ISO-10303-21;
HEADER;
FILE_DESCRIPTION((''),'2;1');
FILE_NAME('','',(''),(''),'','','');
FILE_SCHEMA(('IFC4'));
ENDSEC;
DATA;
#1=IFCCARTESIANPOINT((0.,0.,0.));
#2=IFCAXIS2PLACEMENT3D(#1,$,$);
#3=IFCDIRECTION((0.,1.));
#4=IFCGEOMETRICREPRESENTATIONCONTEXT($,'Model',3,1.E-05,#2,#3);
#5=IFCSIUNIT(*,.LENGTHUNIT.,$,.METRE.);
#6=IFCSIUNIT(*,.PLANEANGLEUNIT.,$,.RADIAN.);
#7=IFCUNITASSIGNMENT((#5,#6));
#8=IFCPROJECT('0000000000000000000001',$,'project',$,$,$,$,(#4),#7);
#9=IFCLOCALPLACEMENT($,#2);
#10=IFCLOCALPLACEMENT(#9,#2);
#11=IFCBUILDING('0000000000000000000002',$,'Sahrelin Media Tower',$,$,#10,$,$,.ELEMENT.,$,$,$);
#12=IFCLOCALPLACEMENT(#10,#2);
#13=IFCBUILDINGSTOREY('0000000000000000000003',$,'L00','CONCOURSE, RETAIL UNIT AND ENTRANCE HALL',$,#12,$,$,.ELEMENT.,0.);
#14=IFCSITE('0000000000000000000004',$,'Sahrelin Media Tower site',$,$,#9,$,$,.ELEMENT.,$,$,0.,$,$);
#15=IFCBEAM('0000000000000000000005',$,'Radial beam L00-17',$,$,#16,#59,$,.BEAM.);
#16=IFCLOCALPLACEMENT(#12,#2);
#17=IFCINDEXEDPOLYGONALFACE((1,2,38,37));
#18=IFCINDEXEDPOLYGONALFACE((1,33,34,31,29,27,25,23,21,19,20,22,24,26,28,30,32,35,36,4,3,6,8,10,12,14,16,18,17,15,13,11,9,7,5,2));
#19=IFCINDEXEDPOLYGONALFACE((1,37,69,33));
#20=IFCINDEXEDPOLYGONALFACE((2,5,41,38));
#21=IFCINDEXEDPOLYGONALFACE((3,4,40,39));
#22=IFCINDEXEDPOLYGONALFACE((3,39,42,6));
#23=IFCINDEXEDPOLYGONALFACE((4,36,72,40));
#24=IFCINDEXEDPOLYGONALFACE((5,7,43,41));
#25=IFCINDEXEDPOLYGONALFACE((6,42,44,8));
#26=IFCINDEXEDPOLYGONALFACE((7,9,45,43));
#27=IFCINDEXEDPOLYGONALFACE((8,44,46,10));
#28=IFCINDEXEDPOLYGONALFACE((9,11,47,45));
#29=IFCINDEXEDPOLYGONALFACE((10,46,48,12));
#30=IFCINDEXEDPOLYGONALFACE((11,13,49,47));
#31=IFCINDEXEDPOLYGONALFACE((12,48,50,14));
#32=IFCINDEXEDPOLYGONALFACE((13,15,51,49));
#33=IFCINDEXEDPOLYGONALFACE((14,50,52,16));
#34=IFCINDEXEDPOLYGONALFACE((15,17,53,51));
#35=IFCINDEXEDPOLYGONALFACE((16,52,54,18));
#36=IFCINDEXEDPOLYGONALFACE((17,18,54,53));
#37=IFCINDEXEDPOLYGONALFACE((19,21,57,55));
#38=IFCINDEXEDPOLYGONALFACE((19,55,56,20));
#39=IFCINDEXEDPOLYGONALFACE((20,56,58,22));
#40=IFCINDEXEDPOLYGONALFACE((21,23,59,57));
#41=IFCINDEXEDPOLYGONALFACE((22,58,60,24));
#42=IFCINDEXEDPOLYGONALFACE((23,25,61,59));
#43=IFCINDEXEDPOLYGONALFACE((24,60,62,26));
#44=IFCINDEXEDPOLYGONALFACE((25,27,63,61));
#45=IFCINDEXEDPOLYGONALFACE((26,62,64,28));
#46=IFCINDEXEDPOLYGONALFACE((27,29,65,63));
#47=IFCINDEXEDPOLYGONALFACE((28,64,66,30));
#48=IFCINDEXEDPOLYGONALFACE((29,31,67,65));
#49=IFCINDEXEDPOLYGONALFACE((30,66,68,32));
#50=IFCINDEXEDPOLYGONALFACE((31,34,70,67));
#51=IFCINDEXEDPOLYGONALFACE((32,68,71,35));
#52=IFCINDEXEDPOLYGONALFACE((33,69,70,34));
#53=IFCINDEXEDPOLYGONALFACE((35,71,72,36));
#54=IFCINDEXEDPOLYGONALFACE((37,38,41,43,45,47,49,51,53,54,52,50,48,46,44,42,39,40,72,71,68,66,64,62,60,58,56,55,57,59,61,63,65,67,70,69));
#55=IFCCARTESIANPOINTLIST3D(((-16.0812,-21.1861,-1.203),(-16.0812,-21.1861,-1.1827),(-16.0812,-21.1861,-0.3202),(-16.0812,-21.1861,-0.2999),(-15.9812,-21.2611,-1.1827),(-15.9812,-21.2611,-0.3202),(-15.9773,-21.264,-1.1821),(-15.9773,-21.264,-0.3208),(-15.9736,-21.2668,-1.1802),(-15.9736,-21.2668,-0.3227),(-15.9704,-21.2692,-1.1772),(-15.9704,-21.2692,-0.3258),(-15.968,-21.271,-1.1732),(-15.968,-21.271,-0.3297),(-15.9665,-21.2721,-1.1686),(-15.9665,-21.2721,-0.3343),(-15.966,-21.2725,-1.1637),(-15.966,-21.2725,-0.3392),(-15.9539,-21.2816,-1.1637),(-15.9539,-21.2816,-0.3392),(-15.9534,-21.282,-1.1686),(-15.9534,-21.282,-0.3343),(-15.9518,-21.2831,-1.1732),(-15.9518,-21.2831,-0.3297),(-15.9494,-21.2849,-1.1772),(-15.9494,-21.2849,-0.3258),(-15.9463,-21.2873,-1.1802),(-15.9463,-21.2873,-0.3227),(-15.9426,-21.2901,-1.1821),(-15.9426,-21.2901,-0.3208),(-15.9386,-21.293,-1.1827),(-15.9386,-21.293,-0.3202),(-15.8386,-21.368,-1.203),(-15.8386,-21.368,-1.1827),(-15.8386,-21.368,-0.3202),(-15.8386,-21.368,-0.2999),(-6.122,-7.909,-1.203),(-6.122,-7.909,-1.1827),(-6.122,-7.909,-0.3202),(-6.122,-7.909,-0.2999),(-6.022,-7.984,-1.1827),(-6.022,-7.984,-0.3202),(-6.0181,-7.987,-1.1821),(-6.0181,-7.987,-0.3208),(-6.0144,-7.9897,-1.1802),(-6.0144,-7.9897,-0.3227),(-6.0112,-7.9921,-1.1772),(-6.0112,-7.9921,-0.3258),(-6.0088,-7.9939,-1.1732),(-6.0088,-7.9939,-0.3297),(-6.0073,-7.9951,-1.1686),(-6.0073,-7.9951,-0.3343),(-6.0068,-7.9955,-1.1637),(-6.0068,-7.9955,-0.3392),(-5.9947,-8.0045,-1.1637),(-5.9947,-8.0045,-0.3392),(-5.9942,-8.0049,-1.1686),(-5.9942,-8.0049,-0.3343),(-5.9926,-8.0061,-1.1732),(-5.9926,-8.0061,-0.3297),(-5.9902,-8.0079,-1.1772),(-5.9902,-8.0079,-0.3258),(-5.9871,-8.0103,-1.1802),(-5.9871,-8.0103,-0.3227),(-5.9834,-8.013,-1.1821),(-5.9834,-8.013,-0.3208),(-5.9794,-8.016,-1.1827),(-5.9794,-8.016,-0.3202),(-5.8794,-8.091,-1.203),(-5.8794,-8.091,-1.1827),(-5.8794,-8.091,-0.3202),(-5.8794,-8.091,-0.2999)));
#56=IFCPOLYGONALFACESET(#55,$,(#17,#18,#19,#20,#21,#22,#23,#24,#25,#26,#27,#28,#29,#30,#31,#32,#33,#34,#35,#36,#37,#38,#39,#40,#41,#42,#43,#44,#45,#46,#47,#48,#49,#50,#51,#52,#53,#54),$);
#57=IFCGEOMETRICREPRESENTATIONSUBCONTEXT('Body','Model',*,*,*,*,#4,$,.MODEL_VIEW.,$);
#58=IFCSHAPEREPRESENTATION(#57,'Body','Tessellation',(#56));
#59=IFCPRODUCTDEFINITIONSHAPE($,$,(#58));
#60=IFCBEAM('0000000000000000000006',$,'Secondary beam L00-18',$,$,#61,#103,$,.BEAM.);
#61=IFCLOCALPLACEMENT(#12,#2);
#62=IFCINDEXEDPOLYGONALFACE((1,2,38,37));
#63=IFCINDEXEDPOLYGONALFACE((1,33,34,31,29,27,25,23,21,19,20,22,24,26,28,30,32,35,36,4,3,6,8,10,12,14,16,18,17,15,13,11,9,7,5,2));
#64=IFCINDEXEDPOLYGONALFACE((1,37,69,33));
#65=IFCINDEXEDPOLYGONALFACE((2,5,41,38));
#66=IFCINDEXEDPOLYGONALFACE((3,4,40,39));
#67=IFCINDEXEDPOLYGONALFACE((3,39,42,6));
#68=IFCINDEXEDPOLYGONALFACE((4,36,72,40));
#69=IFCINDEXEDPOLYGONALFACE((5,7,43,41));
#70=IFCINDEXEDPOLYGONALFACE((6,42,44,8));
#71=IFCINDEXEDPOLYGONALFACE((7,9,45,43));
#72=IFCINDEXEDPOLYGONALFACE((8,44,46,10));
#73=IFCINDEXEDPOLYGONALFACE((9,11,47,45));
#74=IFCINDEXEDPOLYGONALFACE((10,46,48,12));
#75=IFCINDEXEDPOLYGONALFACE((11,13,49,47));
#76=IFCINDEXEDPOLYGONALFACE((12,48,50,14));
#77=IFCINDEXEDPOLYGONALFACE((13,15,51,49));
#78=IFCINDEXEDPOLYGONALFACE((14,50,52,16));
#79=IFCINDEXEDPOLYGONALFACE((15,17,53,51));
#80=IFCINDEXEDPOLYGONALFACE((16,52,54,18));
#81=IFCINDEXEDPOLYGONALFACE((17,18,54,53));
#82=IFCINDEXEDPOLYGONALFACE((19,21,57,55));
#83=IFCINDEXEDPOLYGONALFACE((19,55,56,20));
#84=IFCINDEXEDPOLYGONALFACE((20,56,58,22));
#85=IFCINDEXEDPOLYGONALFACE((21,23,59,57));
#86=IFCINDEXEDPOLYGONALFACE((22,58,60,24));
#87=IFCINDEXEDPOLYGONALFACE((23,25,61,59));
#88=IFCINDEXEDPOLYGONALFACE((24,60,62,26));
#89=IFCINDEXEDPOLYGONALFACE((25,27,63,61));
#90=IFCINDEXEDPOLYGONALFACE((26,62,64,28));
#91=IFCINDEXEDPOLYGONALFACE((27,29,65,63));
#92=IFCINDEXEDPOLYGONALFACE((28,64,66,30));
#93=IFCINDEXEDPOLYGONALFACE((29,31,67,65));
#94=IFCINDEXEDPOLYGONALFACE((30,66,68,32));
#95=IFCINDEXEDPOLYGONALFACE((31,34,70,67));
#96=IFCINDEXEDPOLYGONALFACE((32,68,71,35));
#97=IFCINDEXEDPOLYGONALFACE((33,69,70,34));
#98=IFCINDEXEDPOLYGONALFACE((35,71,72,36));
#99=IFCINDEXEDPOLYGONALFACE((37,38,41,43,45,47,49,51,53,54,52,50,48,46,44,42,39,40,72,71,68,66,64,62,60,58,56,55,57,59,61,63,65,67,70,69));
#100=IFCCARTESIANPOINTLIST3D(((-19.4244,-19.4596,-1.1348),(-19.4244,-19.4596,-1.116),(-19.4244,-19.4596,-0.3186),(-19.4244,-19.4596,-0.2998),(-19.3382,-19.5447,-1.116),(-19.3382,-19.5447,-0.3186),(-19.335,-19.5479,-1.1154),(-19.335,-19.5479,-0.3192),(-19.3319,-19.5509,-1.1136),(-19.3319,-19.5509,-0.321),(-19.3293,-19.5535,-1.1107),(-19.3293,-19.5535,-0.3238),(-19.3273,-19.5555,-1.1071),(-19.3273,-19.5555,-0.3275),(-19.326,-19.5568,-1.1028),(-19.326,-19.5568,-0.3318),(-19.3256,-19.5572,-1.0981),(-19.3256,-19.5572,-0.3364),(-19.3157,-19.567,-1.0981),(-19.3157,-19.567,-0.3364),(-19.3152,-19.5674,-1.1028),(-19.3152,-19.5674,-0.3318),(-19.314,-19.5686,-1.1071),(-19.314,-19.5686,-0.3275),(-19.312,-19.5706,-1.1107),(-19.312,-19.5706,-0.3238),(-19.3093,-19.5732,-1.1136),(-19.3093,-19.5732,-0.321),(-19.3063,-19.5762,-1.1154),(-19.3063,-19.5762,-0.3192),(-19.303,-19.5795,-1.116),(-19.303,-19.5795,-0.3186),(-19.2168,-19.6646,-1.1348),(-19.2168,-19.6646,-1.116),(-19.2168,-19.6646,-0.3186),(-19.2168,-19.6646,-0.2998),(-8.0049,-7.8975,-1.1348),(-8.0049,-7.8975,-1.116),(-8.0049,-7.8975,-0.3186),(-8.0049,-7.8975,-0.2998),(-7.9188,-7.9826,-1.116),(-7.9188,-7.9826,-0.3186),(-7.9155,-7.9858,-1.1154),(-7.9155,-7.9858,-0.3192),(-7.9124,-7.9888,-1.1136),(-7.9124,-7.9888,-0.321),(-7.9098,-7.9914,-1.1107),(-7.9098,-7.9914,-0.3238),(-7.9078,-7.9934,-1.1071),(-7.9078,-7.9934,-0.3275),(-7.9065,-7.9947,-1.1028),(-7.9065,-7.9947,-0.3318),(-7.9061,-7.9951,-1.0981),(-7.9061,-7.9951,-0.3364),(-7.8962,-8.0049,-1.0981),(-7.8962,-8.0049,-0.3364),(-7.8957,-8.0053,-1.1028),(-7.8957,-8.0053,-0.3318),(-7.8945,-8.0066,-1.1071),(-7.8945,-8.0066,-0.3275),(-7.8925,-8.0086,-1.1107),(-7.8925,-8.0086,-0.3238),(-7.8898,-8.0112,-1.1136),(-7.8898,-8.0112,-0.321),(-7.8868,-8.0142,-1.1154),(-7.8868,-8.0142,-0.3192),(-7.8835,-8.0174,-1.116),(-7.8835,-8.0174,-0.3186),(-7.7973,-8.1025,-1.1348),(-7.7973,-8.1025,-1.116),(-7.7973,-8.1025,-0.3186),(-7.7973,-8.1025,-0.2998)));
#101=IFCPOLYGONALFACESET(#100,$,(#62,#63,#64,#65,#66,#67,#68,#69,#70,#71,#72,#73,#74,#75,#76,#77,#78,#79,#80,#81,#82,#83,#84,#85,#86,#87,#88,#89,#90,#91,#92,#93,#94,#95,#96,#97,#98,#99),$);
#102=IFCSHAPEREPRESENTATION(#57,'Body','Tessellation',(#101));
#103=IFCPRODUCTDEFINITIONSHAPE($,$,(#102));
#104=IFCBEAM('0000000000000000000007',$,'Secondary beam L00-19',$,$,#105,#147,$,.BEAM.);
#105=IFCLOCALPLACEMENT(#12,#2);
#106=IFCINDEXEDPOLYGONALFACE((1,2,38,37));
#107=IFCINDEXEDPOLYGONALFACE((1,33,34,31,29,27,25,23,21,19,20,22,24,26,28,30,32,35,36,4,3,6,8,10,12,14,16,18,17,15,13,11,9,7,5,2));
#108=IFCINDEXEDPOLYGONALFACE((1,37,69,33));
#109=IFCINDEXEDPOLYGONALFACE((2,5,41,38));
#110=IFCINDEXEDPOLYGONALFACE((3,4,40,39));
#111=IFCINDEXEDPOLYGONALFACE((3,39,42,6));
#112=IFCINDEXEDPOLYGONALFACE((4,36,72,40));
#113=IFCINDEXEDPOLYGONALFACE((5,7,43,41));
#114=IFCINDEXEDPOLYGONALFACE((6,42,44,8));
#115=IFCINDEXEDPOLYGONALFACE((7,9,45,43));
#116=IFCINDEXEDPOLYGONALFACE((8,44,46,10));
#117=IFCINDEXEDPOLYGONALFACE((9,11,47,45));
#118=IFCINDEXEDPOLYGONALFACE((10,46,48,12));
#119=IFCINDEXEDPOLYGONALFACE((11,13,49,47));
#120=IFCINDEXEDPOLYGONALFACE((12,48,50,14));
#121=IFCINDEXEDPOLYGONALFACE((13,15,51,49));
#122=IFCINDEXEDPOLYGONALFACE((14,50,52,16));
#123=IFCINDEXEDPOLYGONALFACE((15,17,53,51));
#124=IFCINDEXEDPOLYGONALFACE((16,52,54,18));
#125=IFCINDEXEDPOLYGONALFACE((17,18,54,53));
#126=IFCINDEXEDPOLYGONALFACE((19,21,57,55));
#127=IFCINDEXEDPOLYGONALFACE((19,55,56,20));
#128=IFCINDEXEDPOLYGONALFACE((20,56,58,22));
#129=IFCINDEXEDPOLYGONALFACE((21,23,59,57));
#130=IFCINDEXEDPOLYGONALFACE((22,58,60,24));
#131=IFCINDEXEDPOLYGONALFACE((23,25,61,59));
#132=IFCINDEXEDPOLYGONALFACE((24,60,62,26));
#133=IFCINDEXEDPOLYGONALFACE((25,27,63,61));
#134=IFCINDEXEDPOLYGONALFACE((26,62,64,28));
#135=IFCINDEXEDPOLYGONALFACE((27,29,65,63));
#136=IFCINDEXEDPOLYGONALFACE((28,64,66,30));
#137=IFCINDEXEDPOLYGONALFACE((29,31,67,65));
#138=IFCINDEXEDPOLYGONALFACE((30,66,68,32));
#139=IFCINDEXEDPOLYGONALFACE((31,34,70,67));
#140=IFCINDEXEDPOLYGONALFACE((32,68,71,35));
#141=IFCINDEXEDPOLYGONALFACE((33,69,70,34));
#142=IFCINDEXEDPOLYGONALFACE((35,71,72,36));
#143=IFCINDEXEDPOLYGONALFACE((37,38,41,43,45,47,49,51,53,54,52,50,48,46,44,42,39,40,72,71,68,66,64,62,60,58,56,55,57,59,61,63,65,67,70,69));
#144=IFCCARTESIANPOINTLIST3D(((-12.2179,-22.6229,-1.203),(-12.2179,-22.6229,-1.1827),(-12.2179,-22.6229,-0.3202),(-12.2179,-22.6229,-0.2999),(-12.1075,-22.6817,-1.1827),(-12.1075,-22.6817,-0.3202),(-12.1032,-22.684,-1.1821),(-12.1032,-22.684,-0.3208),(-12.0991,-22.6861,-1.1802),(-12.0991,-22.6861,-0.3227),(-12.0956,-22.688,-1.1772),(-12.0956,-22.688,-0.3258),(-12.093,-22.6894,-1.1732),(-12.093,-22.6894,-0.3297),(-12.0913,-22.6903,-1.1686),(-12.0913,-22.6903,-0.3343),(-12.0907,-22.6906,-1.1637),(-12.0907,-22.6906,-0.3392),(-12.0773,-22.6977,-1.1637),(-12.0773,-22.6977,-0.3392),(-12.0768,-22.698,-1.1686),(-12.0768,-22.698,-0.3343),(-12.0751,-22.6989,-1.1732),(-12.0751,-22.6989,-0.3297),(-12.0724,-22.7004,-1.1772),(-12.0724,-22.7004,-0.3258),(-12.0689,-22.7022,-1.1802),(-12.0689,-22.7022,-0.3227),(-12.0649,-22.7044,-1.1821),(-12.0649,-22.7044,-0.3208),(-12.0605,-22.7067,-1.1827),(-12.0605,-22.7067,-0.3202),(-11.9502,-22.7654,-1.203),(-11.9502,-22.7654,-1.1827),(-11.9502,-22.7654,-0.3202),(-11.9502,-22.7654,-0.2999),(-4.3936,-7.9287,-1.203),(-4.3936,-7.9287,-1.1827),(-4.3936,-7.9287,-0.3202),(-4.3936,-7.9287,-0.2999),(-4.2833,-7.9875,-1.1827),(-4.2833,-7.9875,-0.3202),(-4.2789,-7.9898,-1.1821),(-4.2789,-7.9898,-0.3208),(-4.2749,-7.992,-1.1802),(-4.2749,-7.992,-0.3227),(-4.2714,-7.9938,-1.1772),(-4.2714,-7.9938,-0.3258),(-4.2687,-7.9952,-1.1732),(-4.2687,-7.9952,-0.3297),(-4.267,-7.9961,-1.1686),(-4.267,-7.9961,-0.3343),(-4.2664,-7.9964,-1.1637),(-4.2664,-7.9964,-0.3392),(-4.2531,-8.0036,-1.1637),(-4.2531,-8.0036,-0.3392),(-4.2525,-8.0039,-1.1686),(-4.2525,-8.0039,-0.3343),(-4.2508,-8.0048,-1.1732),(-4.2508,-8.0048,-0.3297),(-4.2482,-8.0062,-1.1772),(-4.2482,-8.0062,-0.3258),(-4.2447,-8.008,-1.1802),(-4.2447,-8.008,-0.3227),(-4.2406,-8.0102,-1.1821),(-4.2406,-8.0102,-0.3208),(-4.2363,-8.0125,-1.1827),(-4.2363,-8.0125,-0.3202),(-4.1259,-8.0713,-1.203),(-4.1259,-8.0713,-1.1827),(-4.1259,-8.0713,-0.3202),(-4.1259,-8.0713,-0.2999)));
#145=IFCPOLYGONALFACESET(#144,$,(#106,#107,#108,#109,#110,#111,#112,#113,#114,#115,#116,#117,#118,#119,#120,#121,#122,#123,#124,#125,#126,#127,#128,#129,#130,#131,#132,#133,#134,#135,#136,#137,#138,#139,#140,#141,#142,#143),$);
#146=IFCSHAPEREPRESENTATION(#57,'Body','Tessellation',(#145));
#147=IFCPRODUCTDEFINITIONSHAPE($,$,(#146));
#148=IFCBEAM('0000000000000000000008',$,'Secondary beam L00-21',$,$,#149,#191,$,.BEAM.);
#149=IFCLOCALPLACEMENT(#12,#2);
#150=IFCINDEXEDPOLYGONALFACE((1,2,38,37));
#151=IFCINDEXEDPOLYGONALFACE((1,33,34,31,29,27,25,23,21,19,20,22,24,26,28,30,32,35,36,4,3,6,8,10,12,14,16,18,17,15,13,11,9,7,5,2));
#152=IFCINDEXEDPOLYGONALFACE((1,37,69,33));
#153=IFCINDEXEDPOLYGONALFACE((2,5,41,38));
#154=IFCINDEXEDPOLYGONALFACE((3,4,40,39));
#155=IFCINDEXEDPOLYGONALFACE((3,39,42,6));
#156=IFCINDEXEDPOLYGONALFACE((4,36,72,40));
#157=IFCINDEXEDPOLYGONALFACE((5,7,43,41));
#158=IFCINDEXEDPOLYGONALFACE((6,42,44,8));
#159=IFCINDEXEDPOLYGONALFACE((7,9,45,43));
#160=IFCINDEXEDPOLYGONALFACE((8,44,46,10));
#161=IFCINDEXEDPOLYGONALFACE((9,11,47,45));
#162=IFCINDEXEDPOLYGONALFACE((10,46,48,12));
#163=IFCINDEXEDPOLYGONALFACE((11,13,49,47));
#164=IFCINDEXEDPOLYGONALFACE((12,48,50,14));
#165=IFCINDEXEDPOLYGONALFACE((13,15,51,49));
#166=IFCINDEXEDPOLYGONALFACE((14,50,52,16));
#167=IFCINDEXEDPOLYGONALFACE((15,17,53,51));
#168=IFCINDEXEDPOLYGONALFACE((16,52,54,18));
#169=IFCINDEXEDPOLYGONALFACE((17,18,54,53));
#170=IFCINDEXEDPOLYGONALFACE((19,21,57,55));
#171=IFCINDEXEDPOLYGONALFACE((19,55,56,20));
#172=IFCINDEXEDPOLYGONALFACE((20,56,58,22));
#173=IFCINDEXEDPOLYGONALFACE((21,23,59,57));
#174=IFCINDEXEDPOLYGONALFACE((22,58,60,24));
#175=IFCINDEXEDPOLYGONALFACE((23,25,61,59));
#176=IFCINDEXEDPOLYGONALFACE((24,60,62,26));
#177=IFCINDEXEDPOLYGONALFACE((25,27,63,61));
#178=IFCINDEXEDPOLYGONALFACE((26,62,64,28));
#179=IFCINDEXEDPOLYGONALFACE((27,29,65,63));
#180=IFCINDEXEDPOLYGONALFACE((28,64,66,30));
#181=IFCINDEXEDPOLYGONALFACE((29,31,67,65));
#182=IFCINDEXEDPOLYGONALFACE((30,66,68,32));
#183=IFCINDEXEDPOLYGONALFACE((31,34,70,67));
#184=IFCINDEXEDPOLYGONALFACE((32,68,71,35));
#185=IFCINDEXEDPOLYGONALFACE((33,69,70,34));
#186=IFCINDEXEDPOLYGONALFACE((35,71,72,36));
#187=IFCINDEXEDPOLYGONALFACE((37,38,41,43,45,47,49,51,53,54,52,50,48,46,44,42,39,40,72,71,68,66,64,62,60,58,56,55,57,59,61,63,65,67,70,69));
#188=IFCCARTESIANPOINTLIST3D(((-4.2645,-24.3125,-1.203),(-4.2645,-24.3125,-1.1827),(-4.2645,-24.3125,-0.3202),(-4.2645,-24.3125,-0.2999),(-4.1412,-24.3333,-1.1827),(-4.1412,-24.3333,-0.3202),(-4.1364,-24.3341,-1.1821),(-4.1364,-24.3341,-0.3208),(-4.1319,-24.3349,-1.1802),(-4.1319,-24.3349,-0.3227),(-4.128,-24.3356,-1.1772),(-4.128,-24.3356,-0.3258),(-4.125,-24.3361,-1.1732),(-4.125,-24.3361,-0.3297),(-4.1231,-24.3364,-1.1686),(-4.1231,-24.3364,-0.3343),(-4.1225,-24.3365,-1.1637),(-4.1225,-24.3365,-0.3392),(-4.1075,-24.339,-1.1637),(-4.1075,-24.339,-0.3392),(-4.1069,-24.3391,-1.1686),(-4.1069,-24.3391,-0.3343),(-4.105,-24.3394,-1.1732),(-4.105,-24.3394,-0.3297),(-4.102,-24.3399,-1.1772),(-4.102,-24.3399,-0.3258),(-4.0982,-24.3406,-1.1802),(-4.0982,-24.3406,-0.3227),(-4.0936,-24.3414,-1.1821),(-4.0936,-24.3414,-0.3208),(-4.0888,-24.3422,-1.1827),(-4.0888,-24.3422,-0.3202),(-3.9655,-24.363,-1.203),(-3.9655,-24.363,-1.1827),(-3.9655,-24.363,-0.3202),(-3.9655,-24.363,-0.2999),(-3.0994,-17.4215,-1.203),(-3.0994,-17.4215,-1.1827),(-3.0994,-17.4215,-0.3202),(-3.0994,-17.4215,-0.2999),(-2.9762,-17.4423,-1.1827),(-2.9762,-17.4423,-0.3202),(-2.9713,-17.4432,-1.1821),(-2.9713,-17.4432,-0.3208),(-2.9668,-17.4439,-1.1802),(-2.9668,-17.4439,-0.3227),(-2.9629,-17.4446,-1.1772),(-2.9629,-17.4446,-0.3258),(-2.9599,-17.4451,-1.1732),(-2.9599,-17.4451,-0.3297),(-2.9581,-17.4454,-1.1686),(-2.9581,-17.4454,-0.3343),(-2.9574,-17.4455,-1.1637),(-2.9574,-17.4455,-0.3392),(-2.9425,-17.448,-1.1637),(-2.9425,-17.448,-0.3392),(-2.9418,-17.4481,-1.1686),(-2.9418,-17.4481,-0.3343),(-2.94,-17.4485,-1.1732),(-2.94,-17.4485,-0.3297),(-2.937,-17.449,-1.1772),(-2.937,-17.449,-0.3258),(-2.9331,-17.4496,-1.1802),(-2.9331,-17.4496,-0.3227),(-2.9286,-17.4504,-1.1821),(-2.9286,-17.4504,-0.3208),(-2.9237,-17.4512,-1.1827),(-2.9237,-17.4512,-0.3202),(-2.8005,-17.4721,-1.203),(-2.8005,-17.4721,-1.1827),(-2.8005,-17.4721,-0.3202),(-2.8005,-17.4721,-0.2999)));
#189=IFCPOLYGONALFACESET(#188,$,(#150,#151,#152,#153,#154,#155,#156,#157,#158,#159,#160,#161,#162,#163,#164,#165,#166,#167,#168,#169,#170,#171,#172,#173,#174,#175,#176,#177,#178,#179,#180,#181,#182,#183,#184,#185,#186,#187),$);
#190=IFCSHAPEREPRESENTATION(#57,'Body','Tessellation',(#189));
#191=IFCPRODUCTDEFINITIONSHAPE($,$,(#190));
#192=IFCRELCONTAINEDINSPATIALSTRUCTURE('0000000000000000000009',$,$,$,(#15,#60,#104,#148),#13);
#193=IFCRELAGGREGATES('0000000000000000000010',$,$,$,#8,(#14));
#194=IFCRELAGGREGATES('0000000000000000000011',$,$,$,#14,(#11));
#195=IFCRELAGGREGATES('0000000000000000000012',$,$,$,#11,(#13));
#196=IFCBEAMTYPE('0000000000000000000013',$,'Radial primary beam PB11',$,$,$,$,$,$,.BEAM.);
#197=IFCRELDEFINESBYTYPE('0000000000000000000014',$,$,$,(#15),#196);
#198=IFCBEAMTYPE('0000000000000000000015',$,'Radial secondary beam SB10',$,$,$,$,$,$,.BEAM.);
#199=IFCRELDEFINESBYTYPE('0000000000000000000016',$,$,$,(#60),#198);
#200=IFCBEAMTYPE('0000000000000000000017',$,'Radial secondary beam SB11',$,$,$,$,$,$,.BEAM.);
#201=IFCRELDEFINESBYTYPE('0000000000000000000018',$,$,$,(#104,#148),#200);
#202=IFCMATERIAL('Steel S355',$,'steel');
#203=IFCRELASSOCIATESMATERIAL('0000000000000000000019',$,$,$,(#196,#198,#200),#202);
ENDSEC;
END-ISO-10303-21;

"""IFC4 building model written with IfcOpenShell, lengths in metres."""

from ifc_helpers import new_model, si_unit, direction, frame, origin, origin_2d, place, context, subcontext, project, spatial, i_section, extrude, material, material_profile, profile_set, type_object, element, save


model = new_model("IFC4")

# Units and contexts
model_context = context("Model", 3, precision=1e-05, world=origin(), true_north=direction((0.0, 1.0)))
body_context = subcontext(model_context, "Body", "Model", "MODEL_VIEW")
ifc_project = project(units=[si_unit("LENGTHUNIT", "METRE"), si_unit("PLANEANGLEUNIT", "RADIAN")], contexts=[model_context])

# Site, building, storey
site_placement = place(None, origin())
site = spatial("IfcSite", under=ifc_project, at=site_placement, Name="Sahrelin Media Tower site", CompositionType="ELEMENT", RefElevation=0.0)
building_placement = place(site_placement, origin())
building = spatial("IfcBuilding", under=site, at=building_placement, Name="Sahrelin Media Tower", CompositionType="ELEMENT")
storey_placement = place(building_placement, origin())
storey = spatial("IfcBuildingStorey", under=building, at=storey_placement, Name="L00", Description="CONCOURSE, RETAIL UNIT AND ENTRANCE HALL", CompositionType="ELEMENT", Elevation=0.0)

# Beams
ifc_material_1 = material(Name="Steel S355", Category="steel")
ifc_material_profile_1 = material_profile(ifc_material_1, i_section(OverallWidth=0.3032, OverallDepth=0.9031, WebThickness=0.0151, FlangeThickness=0.0203, FilletRadius=0.019, at=origin_2d()), Name="UB 914x305x201")
ifc_profile_set_1 = profile_set([ifc_material_profile_1], Name="Steel S355")
beam_type_1 = type_object("IfcBeamType", Name="Radial primary beam PB11", PredefinedType="BEAM", material=ifc_profile_set_1)
beam_1_placement = place(storey_placement, frame((-6.0007, -8.0, -0.7515), z_axis=(-0.600054, -0.799959, 0.0), x_axis=(0.799959, -0.600054, 0.0)))
element("IfcBeam", 1, at=beam_1_placement, inside=storey, type_object=beam_type_1, Name="Radial beam L00-17", PredefinedType="BEAM", context=body_context, shape_type="SweptSolid", body=[
    extrude(i_section(OverallWidth=0.3032, OverallDepth=0.9031, WebThickness=0.0151, FlangeThickness=0.0203, FilletRadius=0.019, at=origin_2d()), origin(), (0.0, 0.0, 1.0), 16.5972),
])
ifc_material_profile_2 = material_profile(ifc_material_1, i_section(OverallWidth=0.2917, OverallDepth=0.835, WebThickness=0.0139, FlangeThickness=0.0188, FilletRadius=0.0178, at=origin_2d()), Name="UB 838x292x176")
ifc_profile_set_2 = profile_set([ifc_material_profile_2], Name="Steel S355")
beam_type_2 = type_object("IfcBeamType", Name="Radial secondary beam SB10", PredefinedType="BEAM", material=ifc_profile_set_2)
beam_2_placement = place(storey_placement, frame((-7.9011, -8.0, -0.7173), z_axis=(-0.702706, -0.71148, 0.0), x_axis=(0.71148, -0.702706, 0.0)))
element("IfcBeam", 2, at=beam_2_placement, inside=storey, type_object=beam_type_2, Name="Secondary beam L00-18", PredefinedType="BEAM", context=body_context, shape_type="SweptSolid", body=[
    extrude(i_section(OverallWidth=0.2917, OverallDepth=0.835, WebThickness=0.0139, FlangeThickness=0.0188, FilletRadius=0.0178, at=origin_2d()), origin(), (0.0, 0.0, 1.0), 16.2507),
])
ifc_material_profile_3 = material_profile(ifc_material_1, i_section(OverallWidth=0.3032, OverallDepth=0.9031, WebThickness=0.0151, FlangeThickness=0.0203, FilletRadius=0.019, at=origin_2d()), Name="UB 914x305x201")
ifc_profile_set_3 = profile_set([ifc_material_profile_3], Name="Steel S355")
beam_type_3 = type_object("IfcBeamType", Name="Radial secondary beam SB11", PredefinedType="BEAM", material=ifc_profile_set_3)
beam_3_placement = place(storey_placement, frame((-4.2598, -8.0, -0.7515), z_axis=(-0.469997, -0.882668, 0.0), x_axis=(0.882668, -0.469997, 0.0)))
element("IfcBeam", 3, at=beam_3_placement, inside=storey, type_object=beam_type_3, Name="Secondary beam L00-19", PredefinedType="BEAM", context=body_context, shape_type="SweptSolid", body=[
    extrude(i_section(OverallWidth=0.3032, OverallDepth=0.9031, WebThickness=0.0151, FlangeThickness=0.0203, FilletRadius=0.019, at=origin_2d()), origin(), (0.0, 0.0, 1.0), 16.6475),
])
beam_4_placement = place(storey_placement, frame((-2.95, -17.4468, -0.7515), z_axis=(-0.166704, -0.986007, 0.0), x_axis=(0.986007, -0.166704, 0.0)))
element("IfcBeam", 4, at=beam_4_placement, inside=storey, type_object=beam_type_3, Name="Secondary beam L00-21", PredefinedType="BEAM", context=body_context, shape_type="SweptSolid", body=[
    extrude(i_section(OverallWidth=0.3032, OverallDepth=0.9031, WebThickness=0.0151, FlangeThickness=0.0203, FilletRadius=0.019, at=origin_2d()), origin(), (0.0, 0.0, 1.0), 6.9888),
])

save(model, "model.ifc")
